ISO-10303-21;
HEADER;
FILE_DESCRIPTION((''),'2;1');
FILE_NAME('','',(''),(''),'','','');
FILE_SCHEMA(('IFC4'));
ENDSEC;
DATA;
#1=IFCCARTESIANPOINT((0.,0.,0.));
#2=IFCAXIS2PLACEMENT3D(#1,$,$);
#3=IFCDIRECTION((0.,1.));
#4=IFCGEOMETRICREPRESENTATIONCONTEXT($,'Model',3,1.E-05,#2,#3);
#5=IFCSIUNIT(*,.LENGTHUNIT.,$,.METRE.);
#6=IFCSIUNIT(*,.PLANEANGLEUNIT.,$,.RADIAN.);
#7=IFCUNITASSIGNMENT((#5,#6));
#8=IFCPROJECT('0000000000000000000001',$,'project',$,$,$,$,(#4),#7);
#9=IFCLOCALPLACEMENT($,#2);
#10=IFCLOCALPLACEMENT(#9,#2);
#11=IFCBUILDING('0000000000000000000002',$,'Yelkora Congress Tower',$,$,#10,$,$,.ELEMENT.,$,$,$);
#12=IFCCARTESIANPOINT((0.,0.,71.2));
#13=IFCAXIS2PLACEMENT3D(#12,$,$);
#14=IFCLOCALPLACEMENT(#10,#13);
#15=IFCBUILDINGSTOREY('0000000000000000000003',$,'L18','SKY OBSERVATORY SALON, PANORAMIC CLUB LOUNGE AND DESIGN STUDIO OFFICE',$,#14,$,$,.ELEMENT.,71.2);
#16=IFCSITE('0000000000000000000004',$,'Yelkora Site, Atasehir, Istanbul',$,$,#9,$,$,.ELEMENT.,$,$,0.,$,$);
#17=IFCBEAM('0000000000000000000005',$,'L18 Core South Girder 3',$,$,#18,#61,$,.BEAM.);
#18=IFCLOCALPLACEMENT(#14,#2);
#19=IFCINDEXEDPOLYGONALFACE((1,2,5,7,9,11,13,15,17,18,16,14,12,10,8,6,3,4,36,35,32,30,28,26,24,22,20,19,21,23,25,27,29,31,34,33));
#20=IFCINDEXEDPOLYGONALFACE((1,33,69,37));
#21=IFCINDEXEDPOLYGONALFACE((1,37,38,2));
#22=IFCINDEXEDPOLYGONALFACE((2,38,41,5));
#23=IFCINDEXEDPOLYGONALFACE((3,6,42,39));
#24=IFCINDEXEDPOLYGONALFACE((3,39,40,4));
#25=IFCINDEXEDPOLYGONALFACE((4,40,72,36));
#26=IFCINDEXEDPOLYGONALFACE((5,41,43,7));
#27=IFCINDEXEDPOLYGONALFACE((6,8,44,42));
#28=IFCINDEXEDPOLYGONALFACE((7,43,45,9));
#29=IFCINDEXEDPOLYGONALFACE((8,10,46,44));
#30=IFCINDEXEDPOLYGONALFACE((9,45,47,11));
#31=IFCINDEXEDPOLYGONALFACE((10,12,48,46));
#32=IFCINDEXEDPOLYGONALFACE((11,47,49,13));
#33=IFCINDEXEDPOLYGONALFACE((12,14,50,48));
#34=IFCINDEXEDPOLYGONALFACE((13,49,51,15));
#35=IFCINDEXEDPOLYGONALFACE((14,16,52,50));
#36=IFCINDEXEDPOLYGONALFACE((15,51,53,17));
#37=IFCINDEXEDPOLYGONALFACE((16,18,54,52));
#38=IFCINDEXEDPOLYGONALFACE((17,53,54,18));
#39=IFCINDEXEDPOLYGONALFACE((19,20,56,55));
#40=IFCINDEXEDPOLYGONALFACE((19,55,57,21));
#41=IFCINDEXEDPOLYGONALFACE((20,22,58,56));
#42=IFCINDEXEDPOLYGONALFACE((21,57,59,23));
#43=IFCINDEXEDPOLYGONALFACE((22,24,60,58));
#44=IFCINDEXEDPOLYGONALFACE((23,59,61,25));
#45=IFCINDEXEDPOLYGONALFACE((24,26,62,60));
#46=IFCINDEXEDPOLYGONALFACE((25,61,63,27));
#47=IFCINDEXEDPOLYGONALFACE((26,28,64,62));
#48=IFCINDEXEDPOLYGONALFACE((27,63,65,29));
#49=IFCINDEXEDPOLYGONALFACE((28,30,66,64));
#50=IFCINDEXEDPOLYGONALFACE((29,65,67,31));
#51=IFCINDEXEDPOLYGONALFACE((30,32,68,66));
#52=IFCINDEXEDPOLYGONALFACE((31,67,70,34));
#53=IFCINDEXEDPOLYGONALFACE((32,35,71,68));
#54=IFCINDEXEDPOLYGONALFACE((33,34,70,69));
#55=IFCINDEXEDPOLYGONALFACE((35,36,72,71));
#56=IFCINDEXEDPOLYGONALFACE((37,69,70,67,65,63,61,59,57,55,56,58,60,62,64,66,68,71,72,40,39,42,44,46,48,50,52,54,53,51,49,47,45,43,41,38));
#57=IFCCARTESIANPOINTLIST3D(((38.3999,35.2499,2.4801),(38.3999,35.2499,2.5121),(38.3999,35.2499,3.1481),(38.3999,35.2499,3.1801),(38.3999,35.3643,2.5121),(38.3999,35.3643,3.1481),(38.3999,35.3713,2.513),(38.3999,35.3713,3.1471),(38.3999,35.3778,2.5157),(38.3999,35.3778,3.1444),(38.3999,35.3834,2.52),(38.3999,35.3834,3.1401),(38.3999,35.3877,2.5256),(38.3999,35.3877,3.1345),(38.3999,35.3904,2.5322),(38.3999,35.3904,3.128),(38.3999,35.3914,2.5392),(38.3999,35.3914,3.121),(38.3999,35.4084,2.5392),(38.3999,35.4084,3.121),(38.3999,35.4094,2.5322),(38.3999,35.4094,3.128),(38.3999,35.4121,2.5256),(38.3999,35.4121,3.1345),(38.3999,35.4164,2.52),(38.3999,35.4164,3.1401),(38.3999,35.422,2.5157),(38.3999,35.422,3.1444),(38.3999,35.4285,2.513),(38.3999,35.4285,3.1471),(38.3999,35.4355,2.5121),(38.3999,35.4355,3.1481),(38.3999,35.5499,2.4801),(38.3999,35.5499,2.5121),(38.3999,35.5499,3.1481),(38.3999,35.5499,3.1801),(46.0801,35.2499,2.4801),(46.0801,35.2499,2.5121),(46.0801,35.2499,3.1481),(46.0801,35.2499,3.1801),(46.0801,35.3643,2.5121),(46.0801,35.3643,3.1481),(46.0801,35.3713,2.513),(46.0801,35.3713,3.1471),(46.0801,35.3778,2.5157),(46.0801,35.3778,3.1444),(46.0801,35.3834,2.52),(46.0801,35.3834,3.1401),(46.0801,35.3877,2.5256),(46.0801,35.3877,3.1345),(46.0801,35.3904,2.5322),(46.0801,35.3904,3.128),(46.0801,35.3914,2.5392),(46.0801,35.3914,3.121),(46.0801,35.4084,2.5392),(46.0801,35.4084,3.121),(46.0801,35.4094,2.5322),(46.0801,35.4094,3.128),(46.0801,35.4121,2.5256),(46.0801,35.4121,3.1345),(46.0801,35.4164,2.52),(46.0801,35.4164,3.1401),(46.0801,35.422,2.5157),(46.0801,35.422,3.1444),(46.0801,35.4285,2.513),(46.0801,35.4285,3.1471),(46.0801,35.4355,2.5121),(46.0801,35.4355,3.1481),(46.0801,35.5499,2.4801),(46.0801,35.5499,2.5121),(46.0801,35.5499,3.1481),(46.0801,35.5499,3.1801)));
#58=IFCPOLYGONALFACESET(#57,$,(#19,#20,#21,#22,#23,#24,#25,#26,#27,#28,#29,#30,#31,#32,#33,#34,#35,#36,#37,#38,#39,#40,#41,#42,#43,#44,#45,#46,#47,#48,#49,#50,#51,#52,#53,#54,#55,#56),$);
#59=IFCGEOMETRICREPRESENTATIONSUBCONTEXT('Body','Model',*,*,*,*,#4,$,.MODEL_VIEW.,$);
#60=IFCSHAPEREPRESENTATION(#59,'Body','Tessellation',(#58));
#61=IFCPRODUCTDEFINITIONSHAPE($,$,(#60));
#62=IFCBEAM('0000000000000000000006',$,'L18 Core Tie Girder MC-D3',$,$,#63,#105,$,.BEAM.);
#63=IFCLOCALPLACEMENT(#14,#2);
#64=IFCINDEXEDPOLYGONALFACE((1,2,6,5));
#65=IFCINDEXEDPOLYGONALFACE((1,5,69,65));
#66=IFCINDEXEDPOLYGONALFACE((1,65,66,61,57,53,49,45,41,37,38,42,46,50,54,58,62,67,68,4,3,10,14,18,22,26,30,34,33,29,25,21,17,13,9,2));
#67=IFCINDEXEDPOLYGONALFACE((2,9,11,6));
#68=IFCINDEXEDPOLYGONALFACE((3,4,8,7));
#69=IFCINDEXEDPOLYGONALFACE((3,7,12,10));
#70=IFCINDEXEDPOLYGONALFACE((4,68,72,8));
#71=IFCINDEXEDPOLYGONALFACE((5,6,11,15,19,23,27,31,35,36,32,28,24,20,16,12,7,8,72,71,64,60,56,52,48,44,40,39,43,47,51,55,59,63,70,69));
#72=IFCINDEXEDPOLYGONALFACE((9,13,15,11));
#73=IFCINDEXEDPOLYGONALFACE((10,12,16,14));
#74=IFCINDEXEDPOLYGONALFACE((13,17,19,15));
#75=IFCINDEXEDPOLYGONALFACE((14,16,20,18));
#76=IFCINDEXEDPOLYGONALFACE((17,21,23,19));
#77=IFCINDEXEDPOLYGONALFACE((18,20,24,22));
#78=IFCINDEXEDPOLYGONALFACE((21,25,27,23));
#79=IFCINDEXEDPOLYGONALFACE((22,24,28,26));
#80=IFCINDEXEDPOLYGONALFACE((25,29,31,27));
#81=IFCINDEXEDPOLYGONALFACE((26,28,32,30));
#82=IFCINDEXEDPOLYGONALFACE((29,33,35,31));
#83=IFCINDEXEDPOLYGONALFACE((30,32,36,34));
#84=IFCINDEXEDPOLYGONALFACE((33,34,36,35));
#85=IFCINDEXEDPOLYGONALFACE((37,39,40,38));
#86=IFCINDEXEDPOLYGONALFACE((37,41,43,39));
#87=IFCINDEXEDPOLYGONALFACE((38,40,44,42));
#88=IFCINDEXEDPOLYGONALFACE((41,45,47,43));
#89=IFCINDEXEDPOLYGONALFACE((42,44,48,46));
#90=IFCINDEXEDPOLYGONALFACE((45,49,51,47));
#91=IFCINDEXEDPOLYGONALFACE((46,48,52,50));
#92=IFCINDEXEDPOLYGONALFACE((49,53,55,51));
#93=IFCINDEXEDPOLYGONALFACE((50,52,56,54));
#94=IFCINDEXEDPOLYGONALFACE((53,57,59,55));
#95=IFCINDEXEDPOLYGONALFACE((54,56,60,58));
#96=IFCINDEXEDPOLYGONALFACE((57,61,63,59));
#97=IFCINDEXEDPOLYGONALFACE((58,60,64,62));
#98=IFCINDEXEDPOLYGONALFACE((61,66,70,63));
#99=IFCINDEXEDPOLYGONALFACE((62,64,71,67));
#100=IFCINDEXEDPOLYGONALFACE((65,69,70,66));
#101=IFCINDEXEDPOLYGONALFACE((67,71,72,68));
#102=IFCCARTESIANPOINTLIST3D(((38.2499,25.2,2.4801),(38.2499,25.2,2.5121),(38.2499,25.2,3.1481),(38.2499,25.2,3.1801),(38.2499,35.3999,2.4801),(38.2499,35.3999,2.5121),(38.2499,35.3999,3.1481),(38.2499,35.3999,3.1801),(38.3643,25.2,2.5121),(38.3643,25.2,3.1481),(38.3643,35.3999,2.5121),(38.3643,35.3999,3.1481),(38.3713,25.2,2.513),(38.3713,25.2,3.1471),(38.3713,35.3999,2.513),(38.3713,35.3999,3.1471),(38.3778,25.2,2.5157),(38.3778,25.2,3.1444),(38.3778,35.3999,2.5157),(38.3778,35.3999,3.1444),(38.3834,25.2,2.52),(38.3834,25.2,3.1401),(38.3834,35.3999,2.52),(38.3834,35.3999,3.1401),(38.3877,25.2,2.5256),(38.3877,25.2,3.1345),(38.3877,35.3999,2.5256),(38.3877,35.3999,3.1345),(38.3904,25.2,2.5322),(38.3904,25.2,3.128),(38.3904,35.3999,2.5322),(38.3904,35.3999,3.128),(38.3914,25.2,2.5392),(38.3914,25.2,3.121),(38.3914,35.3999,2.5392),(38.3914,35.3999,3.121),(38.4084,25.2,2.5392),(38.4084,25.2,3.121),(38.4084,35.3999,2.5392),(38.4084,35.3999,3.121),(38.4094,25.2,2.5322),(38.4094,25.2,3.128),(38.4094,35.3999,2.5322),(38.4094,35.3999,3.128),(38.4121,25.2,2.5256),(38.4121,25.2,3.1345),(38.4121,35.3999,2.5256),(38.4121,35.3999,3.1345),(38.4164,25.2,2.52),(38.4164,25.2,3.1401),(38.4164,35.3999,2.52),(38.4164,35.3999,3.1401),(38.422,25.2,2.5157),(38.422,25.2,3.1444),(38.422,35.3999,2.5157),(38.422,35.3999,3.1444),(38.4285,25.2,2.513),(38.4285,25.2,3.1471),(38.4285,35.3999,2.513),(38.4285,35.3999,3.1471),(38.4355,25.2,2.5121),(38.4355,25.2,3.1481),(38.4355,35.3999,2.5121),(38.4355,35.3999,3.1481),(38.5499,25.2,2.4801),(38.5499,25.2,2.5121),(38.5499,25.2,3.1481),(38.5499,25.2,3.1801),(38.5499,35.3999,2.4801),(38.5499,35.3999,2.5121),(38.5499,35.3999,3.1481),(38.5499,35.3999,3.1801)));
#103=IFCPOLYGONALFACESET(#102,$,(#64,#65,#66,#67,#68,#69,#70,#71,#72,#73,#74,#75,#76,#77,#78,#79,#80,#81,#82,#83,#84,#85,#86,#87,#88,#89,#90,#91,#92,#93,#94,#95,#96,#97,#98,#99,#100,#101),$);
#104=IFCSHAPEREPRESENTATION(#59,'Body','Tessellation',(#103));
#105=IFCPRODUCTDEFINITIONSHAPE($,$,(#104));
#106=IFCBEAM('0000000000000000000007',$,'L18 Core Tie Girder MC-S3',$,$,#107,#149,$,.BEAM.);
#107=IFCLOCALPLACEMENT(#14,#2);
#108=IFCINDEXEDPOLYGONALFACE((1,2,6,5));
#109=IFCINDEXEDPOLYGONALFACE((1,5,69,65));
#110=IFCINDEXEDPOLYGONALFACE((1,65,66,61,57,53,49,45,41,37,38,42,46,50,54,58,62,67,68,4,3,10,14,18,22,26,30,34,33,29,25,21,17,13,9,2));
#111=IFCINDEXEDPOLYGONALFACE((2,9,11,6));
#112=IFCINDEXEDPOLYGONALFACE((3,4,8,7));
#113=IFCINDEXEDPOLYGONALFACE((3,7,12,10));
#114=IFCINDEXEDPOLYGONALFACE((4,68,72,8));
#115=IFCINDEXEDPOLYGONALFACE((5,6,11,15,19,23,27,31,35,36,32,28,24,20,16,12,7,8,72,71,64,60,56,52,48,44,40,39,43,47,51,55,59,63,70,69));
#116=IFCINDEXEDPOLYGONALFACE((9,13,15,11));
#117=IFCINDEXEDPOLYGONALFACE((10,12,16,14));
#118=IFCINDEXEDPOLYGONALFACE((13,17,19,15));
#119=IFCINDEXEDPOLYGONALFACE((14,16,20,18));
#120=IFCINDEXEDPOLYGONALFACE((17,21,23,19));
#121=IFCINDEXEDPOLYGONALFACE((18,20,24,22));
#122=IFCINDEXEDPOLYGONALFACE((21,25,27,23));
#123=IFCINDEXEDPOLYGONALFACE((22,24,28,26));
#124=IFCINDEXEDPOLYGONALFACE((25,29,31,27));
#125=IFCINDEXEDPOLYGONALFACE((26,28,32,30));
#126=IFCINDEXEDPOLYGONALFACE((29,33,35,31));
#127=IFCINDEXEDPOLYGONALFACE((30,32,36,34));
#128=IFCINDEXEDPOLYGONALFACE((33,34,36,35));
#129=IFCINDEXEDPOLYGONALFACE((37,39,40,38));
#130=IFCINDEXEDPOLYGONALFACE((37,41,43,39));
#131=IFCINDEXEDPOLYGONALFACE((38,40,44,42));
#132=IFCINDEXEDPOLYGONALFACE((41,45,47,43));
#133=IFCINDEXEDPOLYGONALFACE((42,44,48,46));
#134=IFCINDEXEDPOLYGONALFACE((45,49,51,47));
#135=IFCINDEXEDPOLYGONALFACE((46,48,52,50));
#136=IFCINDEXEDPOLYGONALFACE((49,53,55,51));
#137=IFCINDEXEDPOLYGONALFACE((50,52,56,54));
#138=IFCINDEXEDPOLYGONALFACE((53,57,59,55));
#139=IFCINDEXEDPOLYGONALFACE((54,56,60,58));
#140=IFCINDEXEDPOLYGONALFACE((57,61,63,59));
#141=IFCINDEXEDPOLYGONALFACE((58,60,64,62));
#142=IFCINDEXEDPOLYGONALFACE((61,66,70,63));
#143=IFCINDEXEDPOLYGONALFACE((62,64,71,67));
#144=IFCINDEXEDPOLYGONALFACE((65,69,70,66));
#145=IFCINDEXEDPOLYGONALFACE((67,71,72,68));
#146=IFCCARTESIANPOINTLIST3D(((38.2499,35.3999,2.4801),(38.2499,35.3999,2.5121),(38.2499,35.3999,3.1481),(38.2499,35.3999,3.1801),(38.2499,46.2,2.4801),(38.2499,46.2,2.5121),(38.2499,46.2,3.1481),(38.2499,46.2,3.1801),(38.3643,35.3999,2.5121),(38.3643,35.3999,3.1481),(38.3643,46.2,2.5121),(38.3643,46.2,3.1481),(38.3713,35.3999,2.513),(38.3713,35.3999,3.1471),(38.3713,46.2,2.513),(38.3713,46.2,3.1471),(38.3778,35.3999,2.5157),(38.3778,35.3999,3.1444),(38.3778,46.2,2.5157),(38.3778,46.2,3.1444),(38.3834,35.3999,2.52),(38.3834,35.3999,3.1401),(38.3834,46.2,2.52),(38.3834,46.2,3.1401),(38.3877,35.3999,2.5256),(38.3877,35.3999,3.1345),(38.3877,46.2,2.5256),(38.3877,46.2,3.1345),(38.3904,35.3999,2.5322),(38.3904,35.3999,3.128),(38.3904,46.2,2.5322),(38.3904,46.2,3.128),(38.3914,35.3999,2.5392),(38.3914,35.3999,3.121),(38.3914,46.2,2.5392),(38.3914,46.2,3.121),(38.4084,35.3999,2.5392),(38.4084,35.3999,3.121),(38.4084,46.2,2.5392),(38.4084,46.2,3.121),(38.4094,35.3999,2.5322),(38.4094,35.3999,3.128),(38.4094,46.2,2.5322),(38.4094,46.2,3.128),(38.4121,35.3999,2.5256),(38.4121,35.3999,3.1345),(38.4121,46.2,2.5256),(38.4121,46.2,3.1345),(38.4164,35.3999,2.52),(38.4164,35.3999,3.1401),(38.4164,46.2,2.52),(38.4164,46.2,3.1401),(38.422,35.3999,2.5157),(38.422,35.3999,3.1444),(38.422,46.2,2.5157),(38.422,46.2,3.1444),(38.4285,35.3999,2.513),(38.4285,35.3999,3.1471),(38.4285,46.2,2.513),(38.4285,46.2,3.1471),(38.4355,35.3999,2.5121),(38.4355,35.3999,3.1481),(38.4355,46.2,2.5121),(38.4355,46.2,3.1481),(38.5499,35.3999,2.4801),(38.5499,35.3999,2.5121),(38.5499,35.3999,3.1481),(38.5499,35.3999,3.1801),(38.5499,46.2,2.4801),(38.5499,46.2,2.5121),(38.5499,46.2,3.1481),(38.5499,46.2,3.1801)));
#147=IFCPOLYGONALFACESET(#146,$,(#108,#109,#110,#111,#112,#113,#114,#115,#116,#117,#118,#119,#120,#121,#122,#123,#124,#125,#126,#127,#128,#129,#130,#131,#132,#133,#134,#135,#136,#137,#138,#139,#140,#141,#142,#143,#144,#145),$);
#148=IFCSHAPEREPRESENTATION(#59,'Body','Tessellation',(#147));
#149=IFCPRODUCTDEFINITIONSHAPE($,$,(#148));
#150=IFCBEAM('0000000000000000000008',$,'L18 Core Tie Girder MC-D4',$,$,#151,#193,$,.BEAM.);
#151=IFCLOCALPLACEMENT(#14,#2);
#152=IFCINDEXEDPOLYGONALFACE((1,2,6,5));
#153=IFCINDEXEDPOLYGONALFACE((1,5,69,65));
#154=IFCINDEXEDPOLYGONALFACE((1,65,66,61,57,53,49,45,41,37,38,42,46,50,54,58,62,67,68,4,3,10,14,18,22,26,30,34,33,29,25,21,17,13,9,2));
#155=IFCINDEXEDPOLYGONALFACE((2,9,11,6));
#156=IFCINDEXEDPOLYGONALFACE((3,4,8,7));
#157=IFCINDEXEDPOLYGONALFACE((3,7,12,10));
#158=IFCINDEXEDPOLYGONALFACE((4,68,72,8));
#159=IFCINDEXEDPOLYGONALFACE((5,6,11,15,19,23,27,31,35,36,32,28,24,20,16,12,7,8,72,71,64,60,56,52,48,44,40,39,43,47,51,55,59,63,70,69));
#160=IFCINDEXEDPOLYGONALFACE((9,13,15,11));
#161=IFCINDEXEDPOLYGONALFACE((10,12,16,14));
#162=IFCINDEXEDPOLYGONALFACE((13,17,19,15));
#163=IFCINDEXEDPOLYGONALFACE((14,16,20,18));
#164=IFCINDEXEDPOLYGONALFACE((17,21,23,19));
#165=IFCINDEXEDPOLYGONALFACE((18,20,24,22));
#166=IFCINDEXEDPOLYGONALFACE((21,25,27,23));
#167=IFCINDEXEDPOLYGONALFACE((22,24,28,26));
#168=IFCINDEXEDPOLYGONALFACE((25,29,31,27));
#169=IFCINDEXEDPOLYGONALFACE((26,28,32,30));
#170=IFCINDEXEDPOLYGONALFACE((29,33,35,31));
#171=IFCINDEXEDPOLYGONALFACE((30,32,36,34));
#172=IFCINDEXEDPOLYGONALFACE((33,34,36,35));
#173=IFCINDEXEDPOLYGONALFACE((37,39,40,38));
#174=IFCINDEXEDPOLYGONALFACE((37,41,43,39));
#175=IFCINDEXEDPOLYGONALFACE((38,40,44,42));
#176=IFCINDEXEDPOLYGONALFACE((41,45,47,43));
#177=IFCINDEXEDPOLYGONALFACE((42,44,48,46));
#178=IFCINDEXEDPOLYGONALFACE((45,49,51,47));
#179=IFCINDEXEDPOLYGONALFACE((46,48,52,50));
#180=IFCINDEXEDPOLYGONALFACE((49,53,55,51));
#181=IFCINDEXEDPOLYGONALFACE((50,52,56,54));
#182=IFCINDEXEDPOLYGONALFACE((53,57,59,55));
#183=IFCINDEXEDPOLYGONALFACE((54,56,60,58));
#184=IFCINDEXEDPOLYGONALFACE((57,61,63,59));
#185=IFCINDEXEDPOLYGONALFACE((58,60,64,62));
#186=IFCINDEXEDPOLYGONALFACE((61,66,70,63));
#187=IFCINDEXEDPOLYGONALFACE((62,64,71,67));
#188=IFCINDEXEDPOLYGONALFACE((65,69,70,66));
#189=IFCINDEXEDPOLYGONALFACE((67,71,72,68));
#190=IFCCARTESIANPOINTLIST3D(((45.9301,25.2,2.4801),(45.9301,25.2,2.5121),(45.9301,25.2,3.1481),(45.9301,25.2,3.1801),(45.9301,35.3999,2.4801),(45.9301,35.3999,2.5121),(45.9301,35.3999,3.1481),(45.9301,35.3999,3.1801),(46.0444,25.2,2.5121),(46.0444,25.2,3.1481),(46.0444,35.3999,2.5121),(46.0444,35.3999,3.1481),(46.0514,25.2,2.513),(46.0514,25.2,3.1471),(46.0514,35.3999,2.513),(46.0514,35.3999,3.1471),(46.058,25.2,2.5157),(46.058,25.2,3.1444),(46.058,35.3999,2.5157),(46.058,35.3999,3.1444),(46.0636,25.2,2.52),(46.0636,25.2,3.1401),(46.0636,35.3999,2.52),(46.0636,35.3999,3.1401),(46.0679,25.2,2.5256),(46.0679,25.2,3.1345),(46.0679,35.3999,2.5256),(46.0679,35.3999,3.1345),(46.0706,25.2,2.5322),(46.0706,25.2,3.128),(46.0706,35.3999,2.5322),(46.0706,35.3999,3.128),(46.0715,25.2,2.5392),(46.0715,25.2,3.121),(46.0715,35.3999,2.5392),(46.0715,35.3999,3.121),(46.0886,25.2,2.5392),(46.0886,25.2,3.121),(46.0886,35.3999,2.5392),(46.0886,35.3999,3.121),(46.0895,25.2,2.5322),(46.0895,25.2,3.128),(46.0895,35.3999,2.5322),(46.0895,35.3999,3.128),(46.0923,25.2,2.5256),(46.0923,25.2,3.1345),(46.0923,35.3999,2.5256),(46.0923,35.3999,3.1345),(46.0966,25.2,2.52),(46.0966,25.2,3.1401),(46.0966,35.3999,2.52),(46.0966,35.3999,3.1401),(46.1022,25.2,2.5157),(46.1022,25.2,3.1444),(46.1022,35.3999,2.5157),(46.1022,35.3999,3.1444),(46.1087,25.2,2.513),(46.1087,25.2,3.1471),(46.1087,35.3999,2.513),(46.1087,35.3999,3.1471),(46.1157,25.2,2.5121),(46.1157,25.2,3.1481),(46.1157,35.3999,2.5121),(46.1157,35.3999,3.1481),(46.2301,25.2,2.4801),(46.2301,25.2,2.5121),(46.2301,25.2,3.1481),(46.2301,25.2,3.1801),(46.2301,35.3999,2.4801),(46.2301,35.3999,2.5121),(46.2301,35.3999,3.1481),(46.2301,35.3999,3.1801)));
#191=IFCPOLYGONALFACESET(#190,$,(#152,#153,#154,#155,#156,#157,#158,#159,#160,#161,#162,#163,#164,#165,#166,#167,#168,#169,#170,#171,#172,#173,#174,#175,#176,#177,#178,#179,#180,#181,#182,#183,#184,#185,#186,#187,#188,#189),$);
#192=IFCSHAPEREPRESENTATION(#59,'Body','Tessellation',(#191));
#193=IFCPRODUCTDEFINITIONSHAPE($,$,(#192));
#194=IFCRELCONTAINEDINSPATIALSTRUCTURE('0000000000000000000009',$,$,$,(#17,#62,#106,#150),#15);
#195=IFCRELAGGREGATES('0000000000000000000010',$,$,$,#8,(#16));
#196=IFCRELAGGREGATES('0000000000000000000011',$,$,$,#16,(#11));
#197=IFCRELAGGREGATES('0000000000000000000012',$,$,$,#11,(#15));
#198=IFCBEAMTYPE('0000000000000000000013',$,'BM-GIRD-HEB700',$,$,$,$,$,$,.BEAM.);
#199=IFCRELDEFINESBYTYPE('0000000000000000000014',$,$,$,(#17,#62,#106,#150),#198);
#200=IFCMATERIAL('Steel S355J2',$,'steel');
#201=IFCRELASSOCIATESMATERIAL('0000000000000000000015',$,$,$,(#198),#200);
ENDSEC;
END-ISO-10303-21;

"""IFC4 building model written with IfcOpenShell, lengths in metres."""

from ifc_helpers import new_model, si_unit, direction, frame, origin, origin_2d, place, context, subcontext, project, spatial, i_section, extrude, material, material_profile, profile_set, type_object, element, save


model = new_model("IFC4")

# Units and contexts
model_context = context("Model", 3, precision=1e-05, world=origin(), true_north=direction((0.0, 1.0)))
body_context = subcontext(model_context, "Body", "Model", "MODEL_VIEW")
ifc_project = project(units=[si_unit("LENGTHUNIT", "METRE"), si_unit("PLANEANGLEUNIT", "RADIAN")], contexts=[model_context])

# Site, building, storey
site_placement = place(None, origin())
site = spatial("IfcSite", under=ifc_project, at=site_placement, Name="Yelkora Site, Atasehir, Istanbul", CompositionType="ELEMENT", RefElevation=0.0)
building_placement = place(site_placement, origin())
building = spatial("IfcBuilding", under=site, at=building_placement, Name="Yelkora Congress Tower", CompositionType="ELEMENT")
storey_placement = place(building_placement, frame((0.0, 0.0, 71.2)))
storey = spatial("IfcBuildingStorey", under=building, at=storey_placement, Name="L18", Description="SKY OBSERVATORY SALON, PANORAMIC CLUB LOUNGE AND DESIGN STUDIO OFFICE", CompositionType="ELEMENT", Elevation=71.2)

# Beams
ifc_material_1 = material(Name="Steel S355J2", Category="steel")
ifc_material_profile_1 = material_profile(ifc_material_1, i_section(OverallWidth=0.3, OverallDepth=0.7, WebThickness=0.0171, FlangeThickness=0.032, FilletRadius=0.0271, at=origin_2d()), Name="HEB 700")
ifc_profile_set_1 = profile_set([ifc_material_profile_1], Name="Steel S355J2")
beam_type_1 = type_object("IfcBeamType", Name="BM-GIRD-HEB700", PredefinedType="BEAM", material=ifc_profile_set_1)
beam_1_placement = place(storey_placement, frame((38.3999, 35.3999, 2.8301), z_axis=(1.0, 0.0, 0.0), x_axis=(0.0, 1.0, 0.0)))
element("IfcBeam", 1, at=beam_1_placement, inside=storey, type_object=beam_type_1, Name="L18 Core South Girder 3", PredefinedType="BEAM", context=body_context, shape_type="SweptSolid", body=[
    extrude(i_section(OverallWidth=0.3, OverallDepth=0.7, WebThickness=0.0171, FlangeThickness=0.032, FilletRadius=0.0271, at=origin_2d()), origin(), (0.0, 0.0, 1.0), 7.6802),
])
beam_2_placement = place(storey_placement, frame((38.3999, 25.2, 2.8301), z_axis=(0.0, 1.0, 0.0), x_axis=(-1.0, 0.0, 0.0)))
element("IfcBeam", 2, at=beam_2_placement, inside=storey, type_object=beam_type_1, Name="L18 Core Tie Girder MC-D3", PredefinedType="BEAM", context=body_context, shape_type="SweptSolid", body=[
    extrude(i_section(OverallWidth=0.3, OverallDepth=0.7, WebThickness=0.0171, FlangeThickness=0.032, FilletRadius=0.0271, at=origin_2d()), origin(), (0.0, 0.0, 1.0), 10.2),
])
beam_3_placement = place(storey_placement, frame((38.3999, 35.3999, 2.8301), z_axis=(0.0, 1.0, 0.0), x_axis=(-1.0, 0.0, 0.0)))
element("IfcBeam", 3, at=beam_3_placement, inside=storey, type_object=beam_type_1, Name="L18 Core Tie Girder MC-S3", PredefinedType="BEAM", context=body_context, shape_type="SweptSolid", body=[
    extrude(i_section(OverallWidth=0.3, OverallDepth=0.7, WebThickness=0.0171, FlangeThickness=0.032, FilletRadius=0.0271, at=origin_2d()), origin(), (0.0, 0.0, 1.0), 10.8),
])
for number, where, z_axis, x_axis, name in (
    (4, (46.0801, 25.2, 2.8301), (0.0, 1.0, 0.0), (-1.0, 0.0, 0.0), "L18 Core Tie Girder MC-D4"),
):
    element("IfcBeam", number, at=place(storey_placement, frame(where, z_axis=z_axis, x_axis=x_axis)), inside=storey, type_object=beam_type_1, Name=name, PredefinedType="BEAM", context=body_context, shape_type="SweptSolid", body=[
        extrude(i_section(OverallWidth=0.3, OverallDepth=0.7, WebThickness=0.0171, FlangeThickness=0.032, FilletRadius=0.0271, at=origin_2d()), origin(), (0.0, 0.0, 1.0), 10.2),
    ])

save(model, "model.ifc")
